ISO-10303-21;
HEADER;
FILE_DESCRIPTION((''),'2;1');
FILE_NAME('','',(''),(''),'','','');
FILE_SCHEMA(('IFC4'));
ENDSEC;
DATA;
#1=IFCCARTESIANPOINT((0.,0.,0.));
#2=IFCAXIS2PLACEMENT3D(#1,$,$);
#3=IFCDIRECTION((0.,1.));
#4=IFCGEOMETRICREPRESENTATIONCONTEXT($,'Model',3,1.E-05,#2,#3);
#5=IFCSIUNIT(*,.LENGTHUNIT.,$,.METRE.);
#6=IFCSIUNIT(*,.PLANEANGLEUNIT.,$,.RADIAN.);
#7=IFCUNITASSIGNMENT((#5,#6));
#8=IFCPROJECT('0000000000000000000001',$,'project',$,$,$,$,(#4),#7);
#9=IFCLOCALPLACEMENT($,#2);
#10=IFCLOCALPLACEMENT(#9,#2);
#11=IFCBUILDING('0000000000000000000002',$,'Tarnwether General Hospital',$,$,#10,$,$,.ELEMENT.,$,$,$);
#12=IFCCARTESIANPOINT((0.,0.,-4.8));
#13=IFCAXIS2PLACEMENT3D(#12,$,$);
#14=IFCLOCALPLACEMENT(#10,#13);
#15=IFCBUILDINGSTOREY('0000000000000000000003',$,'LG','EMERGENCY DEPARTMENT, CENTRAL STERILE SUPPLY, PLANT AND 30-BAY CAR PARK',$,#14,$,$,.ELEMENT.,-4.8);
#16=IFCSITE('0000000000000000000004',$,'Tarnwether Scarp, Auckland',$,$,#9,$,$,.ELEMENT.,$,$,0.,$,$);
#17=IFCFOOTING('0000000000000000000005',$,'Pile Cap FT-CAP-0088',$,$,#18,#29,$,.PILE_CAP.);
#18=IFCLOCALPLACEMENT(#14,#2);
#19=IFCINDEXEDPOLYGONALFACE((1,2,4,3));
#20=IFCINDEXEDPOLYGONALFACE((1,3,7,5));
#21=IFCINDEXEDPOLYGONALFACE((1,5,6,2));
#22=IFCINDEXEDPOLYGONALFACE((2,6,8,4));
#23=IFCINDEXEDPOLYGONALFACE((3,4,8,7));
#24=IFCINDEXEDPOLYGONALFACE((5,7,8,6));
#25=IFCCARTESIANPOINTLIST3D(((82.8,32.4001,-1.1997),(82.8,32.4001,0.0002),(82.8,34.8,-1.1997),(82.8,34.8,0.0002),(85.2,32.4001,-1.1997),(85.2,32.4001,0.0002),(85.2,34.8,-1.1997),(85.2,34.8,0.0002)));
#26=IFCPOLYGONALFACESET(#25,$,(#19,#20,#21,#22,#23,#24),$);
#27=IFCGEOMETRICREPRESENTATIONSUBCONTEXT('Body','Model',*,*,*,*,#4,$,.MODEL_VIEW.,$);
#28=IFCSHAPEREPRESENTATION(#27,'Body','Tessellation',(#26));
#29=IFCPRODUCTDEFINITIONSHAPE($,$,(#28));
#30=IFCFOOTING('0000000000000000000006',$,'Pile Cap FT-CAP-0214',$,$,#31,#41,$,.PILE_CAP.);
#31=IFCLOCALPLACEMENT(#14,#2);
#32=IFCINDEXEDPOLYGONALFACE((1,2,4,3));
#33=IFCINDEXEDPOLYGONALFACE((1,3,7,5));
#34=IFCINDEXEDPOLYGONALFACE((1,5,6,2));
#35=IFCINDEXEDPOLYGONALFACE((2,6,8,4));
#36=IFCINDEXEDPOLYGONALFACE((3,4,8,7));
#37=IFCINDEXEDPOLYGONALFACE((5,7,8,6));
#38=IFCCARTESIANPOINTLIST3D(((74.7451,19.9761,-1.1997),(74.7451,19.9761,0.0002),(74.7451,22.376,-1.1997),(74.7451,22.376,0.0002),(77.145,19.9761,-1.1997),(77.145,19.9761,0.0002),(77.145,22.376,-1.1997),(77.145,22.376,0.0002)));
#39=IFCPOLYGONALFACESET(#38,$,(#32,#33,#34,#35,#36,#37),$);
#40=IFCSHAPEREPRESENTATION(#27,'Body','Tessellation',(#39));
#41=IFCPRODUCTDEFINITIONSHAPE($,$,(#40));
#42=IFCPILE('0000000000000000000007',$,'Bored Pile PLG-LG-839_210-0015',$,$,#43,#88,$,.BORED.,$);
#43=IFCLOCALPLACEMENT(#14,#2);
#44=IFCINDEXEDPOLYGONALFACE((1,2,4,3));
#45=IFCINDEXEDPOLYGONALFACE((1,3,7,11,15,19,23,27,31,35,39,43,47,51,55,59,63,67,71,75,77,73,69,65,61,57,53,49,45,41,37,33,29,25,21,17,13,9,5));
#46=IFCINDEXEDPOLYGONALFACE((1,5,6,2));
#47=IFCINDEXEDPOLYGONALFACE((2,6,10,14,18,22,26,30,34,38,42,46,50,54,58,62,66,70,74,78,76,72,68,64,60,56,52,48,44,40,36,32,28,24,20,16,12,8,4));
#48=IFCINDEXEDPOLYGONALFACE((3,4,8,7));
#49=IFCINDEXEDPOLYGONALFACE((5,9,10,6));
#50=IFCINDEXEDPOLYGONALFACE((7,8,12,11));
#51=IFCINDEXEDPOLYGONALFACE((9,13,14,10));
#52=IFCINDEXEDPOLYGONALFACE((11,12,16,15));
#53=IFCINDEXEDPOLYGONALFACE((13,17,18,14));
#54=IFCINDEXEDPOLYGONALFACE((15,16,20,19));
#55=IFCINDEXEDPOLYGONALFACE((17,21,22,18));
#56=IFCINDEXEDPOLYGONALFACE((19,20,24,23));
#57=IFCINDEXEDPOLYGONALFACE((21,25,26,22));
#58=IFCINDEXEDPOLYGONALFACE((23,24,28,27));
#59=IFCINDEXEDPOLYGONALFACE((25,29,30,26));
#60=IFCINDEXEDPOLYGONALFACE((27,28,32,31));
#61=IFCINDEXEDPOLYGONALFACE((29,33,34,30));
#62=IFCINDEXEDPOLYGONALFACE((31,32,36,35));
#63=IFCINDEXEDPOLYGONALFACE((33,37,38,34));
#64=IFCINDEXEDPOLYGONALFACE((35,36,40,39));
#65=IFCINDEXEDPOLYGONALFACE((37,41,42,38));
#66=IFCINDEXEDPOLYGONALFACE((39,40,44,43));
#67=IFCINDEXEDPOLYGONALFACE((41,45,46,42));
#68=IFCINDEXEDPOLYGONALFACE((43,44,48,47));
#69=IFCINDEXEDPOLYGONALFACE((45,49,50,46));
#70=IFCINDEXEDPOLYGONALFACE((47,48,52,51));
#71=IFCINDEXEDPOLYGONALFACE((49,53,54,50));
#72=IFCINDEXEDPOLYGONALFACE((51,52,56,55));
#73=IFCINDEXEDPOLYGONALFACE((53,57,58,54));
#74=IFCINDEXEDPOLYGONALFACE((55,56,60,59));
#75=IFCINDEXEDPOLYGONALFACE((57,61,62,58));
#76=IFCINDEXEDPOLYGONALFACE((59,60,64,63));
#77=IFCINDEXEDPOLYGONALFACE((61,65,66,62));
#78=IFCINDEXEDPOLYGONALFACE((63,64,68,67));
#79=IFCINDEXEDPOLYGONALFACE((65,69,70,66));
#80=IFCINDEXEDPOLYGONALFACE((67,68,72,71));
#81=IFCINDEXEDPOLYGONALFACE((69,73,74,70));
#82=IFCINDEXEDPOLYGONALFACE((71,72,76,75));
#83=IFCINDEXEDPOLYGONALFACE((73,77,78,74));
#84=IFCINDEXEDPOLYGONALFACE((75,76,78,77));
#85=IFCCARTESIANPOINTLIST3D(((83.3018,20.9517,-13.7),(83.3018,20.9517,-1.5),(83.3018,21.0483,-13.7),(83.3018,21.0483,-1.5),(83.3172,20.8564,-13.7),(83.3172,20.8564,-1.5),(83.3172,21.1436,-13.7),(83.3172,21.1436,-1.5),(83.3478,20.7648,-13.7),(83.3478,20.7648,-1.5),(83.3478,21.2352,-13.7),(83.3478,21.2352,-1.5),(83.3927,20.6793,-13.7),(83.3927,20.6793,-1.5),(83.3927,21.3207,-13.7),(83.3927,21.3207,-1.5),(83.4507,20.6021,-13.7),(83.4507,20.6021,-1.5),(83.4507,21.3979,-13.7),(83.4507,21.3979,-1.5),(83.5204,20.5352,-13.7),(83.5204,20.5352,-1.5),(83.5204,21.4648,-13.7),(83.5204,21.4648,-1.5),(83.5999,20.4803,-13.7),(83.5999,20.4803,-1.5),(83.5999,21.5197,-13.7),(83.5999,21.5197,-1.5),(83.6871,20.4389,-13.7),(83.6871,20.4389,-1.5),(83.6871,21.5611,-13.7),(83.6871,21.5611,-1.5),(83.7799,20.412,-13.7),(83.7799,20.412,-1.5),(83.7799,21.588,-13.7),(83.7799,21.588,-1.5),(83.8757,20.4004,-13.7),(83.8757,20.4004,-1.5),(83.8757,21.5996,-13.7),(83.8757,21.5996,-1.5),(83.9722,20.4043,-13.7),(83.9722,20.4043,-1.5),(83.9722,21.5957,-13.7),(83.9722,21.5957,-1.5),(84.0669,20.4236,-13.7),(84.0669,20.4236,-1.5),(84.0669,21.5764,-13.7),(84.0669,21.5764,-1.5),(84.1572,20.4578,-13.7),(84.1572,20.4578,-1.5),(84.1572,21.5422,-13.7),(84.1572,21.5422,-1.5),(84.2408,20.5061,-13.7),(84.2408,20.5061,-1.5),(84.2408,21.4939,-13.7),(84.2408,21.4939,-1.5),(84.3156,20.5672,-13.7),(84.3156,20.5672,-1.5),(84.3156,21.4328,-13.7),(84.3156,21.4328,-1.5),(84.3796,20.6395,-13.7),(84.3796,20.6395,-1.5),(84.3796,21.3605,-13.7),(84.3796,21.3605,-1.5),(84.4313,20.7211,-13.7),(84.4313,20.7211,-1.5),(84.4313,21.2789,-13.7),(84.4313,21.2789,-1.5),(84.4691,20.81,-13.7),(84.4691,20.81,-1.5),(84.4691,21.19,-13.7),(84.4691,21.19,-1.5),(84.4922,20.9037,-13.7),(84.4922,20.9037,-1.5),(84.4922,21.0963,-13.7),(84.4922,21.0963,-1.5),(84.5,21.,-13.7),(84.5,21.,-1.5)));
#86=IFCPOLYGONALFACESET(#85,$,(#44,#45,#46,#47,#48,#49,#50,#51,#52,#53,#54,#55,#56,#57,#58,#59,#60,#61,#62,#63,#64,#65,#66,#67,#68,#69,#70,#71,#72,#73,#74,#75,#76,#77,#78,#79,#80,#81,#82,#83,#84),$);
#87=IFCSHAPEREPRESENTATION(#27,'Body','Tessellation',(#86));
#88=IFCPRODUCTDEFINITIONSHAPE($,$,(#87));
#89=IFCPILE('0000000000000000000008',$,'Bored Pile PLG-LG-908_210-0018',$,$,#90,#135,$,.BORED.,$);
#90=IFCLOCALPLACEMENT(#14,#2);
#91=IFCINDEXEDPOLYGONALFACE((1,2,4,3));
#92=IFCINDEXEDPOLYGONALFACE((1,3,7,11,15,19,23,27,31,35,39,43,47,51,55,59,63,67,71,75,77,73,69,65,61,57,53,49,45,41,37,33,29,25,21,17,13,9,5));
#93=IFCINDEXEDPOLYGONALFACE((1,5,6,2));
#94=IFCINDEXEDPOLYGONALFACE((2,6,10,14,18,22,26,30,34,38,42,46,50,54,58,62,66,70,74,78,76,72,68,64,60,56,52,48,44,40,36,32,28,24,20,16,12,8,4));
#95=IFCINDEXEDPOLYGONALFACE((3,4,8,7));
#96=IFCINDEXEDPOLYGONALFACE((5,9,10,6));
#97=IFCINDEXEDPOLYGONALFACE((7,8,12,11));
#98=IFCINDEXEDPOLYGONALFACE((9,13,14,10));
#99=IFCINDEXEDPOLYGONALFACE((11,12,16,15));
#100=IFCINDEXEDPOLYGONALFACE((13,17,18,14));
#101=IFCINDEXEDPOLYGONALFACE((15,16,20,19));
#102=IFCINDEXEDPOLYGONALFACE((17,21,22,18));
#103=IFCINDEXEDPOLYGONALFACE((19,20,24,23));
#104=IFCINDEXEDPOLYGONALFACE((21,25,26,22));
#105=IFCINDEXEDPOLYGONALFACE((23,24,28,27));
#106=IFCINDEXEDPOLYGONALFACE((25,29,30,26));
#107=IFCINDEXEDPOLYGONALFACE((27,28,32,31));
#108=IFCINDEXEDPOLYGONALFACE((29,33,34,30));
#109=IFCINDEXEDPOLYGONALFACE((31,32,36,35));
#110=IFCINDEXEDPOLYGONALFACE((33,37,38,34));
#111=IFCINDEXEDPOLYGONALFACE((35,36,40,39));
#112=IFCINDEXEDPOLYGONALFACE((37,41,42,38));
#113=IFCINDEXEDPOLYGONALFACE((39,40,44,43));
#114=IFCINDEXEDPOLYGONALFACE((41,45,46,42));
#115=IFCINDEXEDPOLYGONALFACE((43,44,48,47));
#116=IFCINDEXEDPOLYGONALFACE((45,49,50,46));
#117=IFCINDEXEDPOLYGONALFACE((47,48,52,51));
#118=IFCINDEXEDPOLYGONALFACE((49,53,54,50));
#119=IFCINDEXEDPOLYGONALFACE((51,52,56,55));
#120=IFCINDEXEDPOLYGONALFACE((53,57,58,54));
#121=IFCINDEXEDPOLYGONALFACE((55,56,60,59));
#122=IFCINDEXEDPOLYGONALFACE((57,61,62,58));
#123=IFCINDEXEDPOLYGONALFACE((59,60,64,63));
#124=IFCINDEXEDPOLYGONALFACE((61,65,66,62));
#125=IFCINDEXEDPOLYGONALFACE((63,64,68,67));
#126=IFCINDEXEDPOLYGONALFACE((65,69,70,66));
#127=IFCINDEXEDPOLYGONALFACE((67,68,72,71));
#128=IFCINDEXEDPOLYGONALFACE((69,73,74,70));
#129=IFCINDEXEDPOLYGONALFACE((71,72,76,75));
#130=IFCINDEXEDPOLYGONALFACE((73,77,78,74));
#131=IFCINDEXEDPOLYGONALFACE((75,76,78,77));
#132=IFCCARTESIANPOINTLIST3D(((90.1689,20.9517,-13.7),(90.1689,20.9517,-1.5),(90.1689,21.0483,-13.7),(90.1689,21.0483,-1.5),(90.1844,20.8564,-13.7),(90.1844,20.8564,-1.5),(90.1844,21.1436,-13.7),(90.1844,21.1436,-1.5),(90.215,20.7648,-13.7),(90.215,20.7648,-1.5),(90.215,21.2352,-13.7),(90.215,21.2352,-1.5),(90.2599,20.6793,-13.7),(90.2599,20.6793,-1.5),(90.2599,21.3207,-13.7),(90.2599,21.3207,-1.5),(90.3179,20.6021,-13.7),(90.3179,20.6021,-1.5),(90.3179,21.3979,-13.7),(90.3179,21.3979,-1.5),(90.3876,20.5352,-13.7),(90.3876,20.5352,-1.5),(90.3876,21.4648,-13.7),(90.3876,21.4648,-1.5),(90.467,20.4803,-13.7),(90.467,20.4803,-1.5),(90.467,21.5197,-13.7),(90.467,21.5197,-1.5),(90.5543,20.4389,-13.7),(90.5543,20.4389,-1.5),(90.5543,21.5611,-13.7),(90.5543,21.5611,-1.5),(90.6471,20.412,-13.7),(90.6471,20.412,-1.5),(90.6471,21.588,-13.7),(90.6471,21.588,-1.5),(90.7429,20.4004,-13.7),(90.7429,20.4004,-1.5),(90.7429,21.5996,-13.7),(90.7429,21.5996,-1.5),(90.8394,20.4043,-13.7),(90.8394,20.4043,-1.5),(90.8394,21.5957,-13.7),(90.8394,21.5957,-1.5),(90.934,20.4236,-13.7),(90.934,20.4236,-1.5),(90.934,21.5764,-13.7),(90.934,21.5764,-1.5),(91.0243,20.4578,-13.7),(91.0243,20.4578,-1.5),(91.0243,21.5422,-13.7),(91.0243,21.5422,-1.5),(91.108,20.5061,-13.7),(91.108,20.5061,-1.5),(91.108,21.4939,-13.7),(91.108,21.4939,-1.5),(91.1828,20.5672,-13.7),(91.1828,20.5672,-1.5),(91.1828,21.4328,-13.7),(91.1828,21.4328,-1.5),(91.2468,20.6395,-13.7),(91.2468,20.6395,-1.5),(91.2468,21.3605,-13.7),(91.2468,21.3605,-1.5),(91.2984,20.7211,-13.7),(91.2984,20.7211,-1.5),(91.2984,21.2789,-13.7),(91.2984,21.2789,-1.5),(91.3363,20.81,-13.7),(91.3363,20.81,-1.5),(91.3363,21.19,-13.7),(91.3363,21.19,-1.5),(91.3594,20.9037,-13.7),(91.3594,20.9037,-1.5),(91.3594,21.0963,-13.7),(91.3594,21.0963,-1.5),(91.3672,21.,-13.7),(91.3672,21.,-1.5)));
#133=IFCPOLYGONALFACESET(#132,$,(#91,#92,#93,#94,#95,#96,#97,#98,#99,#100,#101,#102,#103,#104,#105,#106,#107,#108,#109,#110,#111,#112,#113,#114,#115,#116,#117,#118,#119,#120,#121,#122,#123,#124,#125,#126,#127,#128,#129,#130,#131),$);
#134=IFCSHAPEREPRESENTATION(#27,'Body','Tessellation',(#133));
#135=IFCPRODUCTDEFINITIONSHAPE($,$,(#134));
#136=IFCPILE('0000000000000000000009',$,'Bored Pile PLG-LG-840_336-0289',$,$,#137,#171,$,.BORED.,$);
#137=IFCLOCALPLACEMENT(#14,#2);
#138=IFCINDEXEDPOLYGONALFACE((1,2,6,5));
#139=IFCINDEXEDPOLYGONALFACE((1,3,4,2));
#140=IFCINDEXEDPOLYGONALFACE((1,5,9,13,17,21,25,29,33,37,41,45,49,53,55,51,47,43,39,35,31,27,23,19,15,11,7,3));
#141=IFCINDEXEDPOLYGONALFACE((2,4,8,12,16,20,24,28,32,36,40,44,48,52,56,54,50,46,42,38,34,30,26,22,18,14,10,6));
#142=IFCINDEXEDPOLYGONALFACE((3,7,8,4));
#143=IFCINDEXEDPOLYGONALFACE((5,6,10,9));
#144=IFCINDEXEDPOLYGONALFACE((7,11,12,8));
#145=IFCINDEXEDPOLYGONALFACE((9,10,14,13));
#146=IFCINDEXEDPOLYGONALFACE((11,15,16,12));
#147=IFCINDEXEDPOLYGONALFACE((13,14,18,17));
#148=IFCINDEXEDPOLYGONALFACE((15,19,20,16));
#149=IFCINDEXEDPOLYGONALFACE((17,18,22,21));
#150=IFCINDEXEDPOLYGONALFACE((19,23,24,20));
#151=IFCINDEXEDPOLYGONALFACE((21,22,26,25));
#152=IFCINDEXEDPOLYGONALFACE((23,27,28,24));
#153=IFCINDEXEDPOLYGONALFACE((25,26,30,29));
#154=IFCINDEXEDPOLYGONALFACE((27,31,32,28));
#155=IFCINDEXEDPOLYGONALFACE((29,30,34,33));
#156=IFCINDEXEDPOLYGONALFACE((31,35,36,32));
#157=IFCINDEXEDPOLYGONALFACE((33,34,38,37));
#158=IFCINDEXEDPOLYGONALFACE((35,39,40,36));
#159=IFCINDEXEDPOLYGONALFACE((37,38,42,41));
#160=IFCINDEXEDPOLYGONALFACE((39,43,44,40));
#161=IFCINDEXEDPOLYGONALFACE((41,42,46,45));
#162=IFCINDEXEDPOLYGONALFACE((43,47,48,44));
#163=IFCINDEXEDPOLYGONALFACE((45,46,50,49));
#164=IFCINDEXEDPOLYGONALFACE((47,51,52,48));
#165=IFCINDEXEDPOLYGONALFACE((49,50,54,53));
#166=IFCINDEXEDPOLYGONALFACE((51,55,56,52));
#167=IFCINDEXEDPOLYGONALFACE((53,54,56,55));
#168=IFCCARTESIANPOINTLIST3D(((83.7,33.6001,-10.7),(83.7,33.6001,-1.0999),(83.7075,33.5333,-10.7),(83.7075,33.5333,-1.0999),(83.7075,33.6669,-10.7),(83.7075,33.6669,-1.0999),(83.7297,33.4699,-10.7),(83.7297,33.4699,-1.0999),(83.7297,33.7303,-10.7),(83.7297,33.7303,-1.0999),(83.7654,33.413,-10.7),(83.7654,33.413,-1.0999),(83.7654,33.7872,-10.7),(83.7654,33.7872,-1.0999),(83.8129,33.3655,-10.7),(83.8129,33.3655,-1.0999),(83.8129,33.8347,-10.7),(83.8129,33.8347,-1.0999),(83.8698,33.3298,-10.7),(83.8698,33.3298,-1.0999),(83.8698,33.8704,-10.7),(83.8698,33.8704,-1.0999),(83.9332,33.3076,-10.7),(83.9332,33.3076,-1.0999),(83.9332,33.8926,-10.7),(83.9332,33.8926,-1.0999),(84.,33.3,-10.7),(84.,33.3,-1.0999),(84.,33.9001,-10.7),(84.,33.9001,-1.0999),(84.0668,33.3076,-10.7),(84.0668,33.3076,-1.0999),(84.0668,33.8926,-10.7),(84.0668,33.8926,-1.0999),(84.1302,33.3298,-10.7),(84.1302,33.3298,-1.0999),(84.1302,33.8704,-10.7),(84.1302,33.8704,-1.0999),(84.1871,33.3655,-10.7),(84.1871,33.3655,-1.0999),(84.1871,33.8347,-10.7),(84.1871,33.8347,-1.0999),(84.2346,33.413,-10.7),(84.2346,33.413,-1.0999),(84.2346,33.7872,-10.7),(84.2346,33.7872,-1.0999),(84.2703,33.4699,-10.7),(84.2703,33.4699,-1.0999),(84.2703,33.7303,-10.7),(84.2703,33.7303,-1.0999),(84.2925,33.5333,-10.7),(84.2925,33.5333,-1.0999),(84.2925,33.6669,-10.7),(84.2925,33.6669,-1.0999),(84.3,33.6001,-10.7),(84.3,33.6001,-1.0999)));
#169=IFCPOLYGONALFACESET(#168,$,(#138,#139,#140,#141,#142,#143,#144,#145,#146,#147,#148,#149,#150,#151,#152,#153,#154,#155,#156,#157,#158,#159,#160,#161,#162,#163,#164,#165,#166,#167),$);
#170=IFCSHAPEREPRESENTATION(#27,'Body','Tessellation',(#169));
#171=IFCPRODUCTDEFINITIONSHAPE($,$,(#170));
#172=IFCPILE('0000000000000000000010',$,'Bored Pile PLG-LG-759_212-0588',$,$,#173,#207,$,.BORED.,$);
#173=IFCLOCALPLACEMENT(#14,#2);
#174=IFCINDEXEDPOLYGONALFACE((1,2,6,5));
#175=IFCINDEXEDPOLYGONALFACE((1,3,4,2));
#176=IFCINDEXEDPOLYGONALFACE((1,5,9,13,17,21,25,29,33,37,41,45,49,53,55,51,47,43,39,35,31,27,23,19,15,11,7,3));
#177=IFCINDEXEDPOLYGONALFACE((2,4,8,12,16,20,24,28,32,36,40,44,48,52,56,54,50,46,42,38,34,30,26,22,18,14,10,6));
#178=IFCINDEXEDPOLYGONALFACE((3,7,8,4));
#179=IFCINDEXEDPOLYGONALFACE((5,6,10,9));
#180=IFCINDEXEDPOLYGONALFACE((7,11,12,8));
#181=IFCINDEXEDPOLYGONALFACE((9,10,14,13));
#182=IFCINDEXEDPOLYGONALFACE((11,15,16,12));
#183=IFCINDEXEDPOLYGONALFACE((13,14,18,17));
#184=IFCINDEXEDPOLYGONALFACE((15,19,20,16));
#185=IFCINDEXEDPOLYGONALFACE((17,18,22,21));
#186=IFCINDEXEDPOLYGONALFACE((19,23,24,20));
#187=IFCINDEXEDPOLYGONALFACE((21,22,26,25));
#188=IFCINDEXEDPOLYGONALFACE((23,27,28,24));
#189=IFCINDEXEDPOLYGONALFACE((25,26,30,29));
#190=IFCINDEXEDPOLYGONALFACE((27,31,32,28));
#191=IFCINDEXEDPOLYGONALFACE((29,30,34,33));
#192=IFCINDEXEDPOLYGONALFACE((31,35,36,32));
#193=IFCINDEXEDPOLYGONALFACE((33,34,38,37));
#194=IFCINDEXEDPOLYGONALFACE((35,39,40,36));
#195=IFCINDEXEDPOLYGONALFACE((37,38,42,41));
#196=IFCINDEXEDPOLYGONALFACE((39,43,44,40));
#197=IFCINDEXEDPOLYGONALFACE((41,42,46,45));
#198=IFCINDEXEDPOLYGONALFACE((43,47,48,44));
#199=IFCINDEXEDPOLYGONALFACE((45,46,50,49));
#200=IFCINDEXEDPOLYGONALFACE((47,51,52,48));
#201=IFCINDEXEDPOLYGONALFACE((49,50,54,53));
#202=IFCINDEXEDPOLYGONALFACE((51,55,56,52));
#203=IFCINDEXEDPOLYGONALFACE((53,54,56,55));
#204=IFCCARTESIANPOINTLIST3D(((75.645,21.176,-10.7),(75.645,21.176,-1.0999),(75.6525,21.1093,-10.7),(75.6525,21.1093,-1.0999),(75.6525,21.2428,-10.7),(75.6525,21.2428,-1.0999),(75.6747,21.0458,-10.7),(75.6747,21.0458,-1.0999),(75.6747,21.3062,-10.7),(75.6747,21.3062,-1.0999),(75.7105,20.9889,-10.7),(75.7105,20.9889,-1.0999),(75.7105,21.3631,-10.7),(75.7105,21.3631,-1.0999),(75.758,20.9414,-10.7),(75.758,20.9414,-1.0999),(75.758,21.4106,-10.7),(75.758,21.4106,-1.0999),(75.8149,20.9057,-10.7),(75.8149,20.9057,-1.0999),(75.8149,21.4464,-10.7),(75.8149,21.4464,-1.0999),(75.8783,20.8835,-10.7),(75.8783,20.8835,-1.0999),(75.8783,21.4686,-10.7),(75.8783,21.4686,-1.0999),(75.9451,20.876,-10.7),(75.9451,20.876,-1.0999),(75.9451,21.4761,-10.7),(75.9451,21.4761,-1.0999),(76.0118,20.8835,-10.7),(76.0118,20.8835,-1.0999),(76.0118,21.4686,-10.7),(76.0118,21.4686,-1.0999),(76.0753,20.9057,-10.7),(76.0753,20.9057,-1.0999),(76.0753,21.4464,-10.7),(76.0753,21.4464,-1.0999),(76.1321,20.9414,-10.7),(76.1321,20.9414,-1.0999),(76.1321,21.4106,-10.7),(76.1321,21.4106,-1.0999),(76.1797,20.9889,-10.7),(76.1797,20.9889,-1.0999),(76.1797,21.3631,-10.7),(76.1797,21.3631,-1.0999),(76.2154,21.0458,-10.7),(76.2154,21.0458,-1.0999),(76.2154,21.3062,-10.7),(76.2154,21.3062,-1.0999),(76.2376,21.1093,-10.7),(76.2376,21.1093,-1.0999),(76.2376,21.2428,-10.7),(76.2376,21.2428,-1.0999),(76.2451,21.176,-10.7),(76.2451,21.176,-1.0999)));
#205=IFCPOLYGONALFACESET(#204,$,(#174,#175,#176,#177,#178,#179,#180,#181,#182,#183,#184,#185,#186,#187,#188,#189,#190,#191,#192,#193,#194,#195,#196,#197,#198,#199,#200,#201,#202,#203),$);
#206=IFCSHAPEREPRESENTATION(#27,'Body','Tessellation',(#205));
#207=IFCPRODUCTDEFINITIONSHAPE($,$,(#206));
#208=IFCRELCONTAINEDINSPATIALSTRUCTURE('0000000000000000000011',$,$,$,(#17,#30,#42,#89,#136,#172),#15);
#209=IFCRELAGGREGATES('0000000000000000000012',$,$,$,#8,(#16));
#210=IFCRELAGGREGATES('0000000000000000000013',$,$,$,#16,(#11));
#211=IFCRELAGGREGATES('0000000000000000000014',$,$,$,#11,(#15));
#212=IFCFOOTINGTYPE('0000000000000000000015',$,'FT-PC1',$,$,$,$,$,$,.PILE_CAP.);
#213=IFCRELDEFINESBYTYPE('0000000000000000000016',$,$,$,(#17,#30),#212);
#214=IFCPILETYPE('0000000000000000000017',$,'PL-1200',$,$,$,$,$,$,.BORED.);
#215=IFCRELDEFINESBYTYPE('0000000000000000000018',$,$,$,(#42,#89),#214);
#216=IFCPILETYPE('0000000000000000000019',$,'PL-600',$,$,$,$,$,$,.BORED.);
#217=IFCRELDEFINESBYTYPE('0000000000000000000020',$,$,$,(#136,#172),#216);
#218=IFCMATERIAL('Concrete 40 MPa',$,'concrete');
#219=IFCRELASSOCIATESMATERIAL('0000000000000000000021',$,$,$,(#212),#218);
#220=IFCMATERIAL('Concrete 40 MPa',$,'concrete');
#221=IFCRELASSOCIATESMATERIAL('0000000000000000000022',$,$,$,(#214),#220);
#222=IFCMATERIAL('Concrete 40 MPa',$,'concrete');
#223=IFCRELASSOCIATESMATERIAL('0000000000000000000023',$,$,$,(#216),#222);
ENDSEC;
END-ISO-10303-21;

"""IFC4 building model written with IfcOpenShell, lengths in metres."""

from ifc_helpers import new_model, si_unit, direction, frame, origin, origin_2d, place, context, subcontext, project, spatial, rectangle, circle, extrude, material, material_profile, profile_set, type_object, element, save


model = new_model("IFC4")

# Units and contexts
model_context = context("Model", 3, precision=1e-05, world=origin(), true_north=direction((0.0, 1.0)))
body_context = subcontext(model_context, "Body", "Model", "MODEL_VIEW")
ifc_project = project(units=[si_unit("LENGTHUNIT", "METRE"), si_unit("PLANEANGLEUNIT", "RADIAN")], contexts=[model_context])

# Site, building, storey
site_placement = place(None, origin())
site = spatial("IfcSite", under=ifc_project, at=site_placement, Name="Tarnwether Scarp, Auckland", CompositionType="ELEMENT", RefElevation=0.0)
building_placement = place(site_placement, origin())
building = spatial("IfcBuilding", under=site, at=building_placement, Name="Tarnwether General Hospital", CompositionType="ELEMENT")
storey_placement = place(building_placement, frame((0.0, 0.0, -4.8)))
storey = spatial("IfcBuildingStorey", under=building, at=storey_placement, Name="LG", Description="EMERGENCY DEPARTMENT, CENTRAL STERILE SUPPLY, PLANT AND 30-BAY CAR PARK", CompositionType="ELEMENT", Elevation=-4.8)

# Footings
ifc_material_1 = material(Name="Concrete 40 MPa", Category="concrete")
footing_type = type_object("IfcFootingType", Name="FT-PC1", PredefinedType="PILE_CAP", material=ifc_material_1)
for number, where, z_axis, x_axis, name in (
    (1, (84.0, 33.6001, -1.1997), (0.0, 0.0, 1.0), (0.0, 1.0, 0.0), "Pile Cap FT-CAP-0088"),
    (2, (75.9451, 21.176, -1.1997), (0.0, 0.0, 1.0), (1.0, 0.0, 0.0), "Pile Cap FT-CAP-0214"),
):
    element("IfcFooting", number, at=place(storey_placement, frame(where, z_axis=z_axis, x_axis=x_axis)), inside=storey, type_object=footing_type, Name=name, PredefinedType="PILE_CAP", context=body_context, shape_type="SweptSolid", body=[
        extrude(rectangle(XDim=2.3999, YDim=2.3999, at=origin_2d()), origin(), (0.0, 0.0, 1.0), 1.2),
    ])

# Piles
ifc_material_2 = material(Name="Concrete 40 MPa", Category="concrete")
ifc_material_profile_1 = material_profile(ifc_material_2, circle(Radius=0.6001, at=origin_2d()), Name="PILE-D1200")
ifc_profile_set_1 = profile_set([ifc_material_profile_1], Name="Concrete 40 MPa")
pile_type_1 = type_object("IfcPileType", Name="PL-1200", PredefinedType="BORED", material=ifc_profile_set_1)
for number, where, z_axis, x_axis, name in (
    (3, (83.8999, 21.0, -1.5), (0.0, 0.0, -1.0), (1.0, 0.0, 0.0), "Bored Pile PLG-LG-839_210-0015"),
    (4, (90.7671, 21.0, -1.5), (0.0, 0.0, -1.0), (1.0, 0.0, 0.0), "Bored Pile PLG-LG-908_210-0018"),
):
    element("IfcPile", number, at=place(storey_placement, frame(where, z_axis=z_axis, x_axis=x_axis)), inside=storey, type_object=pile_type_1, Name=name, PredefinedType="BORED", context=body_context, shape_type="SweptSolid", body=[
        extrude(circle(Radius=0.6001, at=origin_2d()), origin(), (0.0, 0.0, 1.0), 12.2),
    ])
ifc_material_3 = material(Name="Concrete 40 MPa", Category="concrete")
ifc_material_profile_2 = material_profile(ifc_material_3, circle(Radius=0.3, at=origin_2d()), Name="PILE-D600")
ifc_profile_set_2 = profile_set([ifc_material_profile_2], Name="Concrete 40 MPa")
pile_type_2 = type_object("IfcPileType", Name="PL-600", PredefinedType="BORED", material=ifc_profile_set_2)
for number, where, z_axis, x_axis, name in (
    (5, (84.0, 33.6001, -1.0999), (0.0, 0.0, -1.0), (1.0, 0.0, 0.0), "Bored Pile PLG-LG-840_336-0289"),
    (6, (75.9451, 21.176, -1.0999), (0.0, 0.0, -1.0), (1.0, 0.0, 0.0), "Bored Pile PLG-LG-759_212-0588"),
):
    element("IfcPile", number, at=place(storey_placement, frame(where, z_axis=z_axis, x_axis=x_axis)), inside=storey, type_object=pile_type_2, Name=name, PredefinedType="BORED", context=body_context, shape_type="SweptSolid", body=[
        extrude(circle(Radius=0.3, at=origin_2d()), origin(), (0.0, 0.0, 1.0), 9.6001),
    ])

save(model, "model.ifc")
